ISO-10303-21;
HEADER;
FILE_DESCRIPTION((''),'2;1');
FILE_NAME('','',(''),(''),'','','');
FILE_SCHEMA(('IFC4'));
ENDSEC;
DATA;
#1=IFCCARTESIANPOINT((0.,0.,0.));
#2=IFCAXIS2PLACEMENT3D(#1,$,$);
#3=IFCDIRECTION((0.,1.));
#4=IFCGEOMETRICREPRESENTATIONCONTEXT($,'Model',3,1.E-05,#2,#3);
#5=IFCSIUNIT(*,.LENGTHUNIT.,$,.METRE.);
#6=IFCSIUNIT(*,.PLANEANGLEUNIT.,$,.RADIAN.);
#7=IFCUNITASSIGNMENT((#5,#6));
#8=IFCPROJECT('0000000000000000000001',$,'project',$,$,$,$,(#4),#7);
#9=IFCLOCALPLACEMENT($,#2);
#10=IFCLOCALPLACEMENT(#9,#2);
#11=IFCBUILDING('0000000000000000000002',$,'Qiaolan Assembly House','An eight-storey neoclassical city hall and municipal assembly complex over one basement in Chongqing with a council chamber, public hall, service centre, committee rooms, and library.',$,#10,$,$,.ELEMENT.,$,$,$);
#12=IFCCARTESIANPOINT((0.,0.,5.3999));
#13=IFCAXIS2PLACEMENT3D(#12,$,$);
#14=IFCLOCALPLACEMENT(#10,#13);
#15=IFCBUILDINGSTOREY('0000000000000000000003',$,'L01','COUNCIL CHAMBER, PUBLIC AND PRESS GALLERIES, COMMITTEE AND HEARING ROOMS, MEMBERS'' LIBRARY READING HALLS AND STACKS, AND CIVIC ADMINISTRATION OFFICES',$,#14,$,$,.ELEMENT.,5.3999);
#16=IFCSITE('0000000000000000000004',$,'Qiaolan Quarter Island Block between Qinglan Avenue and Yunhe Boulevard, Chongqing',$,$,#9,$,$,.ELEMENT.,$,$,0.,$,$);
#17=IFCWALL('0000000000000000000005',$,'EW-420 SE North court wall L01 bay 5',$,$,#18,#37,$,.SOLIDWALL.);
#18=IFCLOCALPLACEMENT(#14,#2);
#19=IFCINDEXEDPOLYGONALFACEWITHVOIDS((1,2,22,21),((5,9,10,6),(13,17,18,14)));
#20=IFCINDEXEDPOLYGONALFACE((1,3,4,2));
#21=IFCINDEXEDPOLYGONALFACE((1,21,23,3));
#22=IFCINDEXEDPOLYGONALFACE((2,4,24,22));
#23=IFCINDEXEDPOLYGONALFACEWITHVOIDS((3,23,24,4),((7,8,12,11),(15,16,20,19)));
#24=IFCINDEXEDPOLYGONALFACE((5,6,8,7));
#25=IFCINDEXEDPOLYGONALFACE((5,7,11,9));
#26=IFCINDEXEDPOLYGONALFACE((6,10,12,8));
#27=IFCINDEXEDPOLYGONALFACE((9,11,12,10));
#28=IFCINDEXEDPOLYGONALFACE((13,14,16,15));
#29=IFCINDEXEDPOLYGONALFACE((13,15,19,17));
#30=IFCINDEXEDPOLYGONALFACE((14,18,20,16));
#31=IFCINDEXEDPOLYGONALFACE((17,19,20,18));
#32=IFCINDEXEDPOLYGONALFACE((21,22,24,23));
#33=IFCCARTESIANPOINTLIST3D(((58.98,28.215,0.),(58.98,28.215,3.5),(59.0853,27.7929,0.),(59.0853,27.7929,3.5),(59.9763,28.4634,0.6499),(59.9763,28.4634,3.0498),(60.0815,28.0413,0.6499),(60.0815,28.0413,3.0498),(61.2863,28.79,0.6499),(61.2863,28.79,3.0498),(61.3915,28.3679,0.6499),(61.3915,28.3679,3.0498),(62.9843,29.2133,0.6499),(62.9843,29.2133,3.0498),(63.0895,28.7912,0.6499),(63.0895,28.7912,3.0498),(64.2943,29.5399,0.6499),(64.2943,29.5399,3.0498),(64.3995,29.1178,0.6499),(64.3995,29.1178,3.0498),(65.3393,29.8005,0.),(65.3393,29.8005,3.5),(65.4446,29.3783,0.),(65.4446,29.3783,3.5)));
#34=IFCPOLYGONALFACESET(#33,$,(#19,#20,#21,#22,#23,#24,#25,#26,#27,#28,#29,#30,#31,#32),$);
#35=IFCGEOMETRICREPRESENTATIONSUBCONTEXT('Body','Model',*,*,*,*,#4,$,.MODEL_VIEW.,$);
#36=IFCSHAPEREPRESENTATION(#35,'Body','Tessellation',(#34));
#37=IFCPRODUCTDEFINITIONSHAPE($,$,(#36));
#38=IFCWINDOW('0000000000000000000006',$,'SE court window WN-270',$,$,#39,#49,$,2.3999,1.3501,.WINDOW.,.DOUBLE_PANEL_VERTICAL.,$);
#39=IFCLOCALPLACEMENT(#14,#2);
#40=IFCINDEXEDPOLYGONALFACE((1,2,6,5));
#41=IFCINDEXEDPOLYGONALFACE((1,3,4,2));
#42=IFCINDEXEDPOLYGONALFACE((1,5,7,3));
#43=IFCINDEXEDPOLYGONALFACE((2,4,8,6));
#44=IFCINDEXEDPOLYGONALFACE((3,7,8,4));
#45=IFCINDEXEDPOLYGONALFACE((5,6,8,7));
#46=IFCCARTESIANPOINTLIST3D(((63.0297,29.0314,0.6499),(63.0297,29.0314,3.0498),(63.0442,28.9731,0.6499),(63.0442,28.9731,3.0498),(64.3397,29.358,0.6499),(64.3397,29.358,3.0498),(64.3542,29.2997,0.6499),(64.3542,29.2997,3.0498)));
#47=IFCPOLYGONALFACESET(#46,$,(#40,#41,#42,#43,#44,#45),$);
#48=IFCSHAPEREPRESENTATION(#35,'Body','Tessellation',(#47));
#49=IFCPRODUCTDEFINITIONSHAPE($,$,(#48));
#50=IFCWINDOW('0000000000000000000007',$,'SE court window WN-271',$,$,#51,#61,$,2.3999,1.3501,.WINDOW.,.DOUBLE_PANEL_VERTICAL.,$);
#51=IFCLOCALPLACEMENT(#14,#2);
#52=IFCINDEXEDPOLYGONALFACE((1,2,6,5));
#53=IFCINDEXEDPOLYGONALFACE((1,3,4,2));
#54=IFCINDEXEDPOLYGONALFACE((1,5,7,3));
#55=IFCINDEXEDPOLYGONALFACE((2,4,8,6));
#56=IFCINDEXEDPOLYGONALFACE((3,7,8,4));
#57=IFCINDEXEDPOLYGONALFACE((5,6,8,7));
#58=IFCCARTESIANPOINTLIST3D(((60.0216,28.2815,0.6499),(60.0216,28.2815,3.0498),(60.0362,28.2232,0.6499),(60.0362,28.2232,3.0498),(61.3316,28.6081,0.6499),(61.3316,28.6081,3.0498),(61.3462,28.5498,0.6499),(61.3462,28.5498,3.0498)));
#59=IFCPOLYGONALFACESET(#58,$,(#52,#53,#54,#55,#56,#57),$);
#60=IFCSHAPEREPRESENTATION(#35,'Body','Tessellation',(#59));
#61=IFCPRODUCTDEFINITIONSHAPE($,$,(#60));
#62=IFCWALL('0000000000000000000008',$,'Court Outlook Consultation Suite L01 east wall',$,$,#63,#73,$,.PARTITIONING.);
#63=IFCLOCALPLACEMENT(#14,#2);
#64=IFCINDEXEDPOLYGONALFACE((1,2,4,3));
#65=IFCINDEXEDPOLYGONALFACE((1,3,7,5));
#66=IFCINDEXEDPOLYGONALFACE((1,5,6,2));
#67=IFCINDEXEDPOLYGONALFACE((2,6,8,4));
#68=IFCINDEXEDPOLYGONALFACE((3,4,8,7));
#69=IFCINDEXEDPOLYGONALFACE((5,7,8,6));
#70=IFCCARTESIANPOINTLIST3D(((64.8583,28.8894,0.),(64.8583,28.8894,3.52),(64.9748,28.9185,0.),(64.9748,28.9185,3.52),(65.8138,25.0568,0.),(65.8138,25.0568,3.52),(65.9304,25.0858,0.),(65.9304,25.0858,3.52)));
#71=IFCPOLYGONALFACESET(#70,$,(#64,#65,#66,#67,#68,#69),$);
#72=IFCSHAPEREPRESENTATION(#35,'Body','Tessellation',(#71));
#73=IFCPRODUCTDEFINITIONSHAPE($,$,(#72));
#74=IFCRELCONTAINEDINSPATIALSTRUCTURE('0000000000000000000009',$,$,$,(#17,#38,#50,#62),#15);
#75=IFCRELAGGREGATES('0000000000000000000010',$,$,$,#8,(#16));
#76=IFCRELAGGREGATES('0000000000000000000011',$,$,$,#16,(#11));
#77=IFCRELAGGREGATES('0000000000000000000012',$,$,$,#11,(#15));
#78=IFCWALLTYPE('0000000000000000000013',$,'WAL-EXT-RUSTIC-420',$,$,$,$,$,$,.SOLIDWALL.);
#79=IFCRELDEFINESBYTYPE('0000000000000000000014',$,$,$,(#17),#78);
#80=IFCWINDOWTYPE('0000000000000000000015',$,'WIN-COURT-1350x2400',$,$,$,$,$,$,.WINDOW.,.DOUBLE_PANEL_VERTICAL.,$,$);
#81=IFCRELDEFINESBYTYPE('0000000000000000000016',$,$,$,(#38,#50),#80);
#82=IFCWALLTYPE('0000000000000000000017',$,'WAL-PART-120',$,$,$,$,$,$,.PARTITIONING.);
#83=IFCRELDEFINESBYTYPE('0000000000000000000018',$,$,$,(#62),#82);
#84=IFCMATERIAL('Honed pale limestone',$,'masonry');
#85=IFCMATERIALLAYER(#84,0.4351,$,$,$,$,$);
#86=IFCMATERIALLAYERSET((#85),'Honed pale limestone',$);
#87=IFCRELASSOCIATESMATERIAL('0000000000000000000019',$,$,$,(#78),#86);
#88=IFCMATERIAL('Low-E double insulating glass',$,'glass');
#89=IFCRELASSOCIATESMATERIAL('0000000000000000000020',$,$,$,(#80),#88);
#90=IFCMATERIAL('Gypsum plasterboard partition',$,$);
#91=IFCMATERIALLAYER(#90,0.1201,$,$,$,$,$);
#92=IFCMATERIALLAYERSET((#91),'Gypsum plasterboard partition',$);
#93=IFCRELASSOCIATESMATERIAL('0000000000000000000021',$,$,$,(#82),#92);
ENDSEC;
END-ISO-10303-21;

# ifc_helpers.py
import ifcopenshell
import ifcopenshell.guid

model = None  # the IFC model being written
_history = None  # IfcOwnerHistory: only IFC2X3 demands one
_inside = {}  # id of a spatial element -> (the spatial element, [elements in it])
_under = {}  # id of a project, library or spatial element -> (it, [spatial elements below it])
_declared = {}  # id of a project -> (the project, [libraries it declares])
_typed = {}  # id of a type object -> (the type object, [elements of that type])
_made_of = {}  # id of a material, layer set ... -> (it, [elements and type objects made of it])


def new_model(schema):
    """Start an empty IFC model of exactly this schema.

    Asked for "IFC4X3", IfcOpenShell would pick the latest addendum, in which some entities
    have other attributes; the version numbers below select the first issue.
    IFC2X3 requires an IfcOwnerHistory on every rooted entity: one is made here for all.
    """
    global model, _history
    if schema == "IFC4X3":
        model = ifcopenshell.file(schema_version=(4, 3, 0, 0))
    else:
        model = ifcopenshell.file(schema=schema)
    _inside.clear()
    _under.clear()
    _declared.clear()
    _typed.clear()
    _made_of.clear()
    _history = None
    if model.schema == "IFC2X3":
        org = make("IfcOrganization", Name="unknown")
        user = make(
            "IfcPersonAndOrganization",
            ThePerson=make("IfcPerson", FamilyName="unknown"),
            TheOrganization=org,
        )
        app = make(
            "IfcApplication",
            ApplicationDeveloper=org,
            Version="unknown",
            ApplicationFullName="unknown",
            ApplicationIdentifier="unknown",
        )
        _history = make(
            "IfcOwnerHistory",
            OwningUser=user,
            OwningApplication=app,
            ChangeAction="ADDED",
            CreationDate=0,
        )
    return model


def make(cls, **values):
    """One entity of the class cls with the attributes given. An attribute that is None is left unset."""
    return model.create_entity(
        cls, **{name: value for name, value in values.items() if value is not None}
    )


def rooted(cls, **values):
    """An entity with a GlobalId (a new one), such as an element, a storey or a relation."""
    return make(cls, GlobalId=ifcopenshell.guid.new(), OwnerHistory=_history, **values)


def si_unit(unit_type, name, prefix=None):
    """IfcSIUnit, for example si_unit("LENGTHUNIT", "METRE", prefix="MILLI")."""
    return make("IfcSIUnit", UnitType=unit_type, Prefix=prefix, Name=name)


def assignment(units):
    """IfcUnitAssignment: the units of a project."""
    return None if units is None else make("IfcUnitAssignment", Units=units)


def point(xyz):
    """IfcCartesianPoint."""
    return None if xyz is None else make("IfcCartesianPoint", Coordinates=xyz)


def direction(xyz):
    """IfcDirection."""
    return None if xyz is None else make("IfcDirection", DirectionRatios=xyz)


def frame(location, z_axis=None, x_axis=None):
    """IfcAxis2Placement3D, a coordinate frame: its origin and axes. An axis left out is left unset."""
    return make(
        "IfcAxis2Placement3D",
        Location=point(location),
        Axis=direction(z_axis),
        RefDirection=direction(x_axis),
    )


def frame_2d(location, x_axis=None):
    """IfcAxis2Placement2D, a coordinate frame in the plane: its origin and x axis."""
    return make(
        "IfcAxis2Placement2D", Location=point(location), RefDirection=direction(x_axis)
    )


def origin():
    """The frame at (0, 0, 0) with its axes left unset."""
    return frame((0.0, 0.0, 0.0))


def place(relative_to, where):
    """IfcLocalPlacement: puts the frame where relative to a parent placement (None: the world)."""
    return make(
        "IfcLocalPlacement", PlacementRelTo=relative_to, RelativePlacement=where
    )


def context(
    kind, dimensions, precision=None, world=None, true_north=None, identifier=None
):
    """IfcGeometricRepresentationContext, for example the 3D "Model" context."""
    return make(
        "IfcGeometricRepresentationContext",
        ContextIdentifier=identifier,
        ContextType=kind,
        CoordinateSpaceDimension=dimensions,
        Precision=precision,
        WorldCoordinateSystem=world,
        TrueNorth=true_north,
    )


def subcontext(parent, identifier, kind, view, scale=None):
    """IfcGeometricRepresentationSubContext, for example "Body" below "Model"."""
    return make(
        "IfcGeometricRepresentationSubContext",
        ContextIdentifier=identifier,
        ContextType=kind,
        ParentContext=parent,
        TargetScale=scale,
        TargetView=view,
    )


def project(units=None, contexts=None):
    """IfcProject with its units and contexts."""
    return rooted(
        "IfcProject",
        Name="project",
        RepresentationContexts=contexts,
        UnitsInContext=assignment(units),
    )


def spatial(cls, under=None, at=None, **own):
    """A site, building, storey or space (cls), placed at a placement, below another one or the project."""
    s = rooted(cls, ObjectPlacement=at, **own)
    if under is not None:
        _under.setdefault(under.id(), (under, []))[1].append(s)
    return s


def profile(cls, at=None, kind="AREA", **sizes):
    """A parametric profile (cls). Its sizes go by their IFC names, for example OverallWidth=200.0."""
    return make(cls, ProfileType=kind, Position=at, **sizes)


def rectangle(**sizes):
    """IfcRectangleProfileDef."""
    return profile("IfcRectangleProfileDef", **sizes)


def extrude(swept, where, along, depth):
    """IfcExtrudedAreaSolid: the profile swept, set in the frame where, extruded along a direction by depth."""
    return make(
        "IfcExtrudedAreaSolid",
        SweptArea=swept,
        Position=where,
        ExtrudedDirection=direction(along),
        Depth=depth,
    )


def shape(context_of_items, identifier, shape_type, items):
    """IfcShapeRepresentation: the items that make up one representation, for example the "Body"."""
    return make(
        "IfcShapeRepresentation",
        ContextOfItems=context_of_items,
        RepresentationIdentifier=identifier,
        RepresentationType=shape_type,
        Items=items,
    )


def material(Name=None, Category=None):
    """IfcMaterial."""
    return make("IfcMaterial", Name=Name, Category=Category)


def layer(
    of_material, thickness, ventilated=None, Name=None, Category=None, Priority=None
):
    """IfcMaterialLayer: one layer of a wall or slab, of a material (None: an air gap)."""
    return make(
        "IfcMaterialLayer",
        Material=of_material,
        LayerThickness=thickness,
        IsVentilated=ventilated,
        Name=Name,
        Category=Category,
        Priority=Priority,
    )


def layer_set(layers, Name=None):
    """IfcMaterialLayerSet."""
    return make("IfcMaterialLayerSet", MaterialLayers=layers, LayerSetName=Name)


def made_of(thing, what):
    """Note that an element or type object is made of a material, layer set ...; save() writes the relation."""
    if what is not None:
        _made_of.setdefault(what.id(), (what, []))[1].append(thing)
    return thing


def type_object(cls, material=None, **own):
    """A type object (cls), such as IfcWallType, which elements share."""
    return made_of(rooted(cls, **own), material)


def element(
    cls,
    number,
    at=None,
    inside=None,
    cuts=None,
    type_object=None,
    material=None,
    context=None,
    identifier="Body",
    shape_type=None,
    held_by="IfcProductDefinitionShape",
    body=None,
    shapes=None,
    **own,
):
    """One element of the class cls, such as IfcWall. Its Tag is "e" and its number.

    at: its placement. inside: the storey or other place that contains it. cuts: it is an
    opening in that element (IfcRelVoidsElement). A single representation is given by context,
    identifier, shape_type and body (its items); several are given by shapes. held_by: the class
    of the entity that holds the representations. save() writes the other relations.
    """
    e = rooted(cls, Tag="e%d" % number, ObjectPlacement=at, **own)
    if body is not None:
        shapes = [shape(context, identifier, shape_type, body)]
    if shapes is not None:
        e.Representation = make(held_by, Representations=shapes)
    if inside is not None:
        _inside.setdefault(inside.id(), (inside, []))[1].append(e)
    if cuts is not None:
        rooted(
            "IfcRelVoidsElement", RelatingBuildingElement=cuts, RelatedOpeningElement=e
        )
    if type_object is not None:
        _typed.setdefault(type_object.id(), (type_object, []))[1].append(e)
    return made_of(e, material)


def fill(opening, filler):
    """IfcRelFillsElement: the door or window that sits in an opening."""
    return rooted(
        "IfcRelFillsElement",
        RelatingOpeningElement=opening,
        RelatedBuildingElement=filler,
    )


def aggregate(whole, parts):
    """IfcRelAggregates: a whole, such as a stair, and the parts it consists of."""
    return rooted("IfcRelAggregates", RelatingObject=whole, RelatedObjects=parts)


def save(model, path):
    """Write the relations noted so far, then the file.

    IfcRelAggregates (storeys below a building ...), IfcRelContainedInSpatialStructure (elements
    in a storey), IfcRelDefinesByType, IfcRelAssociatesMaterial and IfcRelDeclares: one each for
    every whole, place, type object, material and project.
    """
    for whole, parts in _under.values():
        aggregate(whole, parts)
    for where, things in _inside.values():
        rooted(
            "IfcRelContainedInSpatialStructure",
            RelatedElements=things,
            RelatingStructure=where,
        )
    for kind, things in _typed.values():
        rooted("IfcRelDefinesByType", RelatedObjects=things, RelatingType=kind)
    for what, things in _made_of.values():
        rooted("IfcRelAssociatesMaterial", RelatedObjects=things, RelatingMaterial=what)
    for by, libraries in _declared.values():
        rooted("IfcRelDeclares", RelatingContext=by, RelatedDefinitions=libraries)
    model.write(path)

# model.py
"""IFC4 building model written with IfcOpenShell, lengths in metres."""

from ifc_helpers import new_model, si_unit, direction, frame, frame_2d, origin, place, context, subcontext, project, spatial, rectangle, extrude, material, layer, layer_set, type_object, element, fill, save


model = new_model("IFC4")

# Units and contexts
model_context = context("Model", 3, precision=1e-05, world=origin(), true_north=direction((0.0, 1.0)))
body_context = subcontext(model_context, "Body", "Model", "MODEL_VIEW")
ifc_project = project(units=[si_unit("LENGTHUNIT", "METRE"), si_unit("PLANEANGLEUNIT", "RADIAN")], contexts=[model_context])

# Site, building, storey
site_placement = place(None, origin())
site = spatial("IfcSite", under=ifc_project, at=site_placement, Name="Qiaolan Quarter Island Block between Qinglan Avenue and Yunhe Boulevard, Chongqing", CompositionType="ELEMENT", RefElevation=0.0)
building_placement = place(site_placement, origin())
building = spatial("IfcBuilding", under=site, at=building_placement, Name="Qiaolan Assembly House", Description="An eight-storey neoclassical city hall and municipal assembly complex over one basement in Chongqing with a council chamber, public hall, service centre, committee rooms, and library.", CompositionType="ELEMENT")
storey_placement = place(building_placement, frame((0.0, 0.0, 5.3999)))
storey = spatial("IfcBuildingStorey", under=building, at=storey_placement, Name="L01", Description="COUNCIL CHAMBER, PUBLIC AND PRESS GALLERIES, COMMITTEE AND HEARING ROOMS, MEMBERS' LIBRARY READING HALLS AND STACKS, AND CIVIC ADMINISTRATION OFFICES", CompositionType="ELEMENT", Elevation=5.3999)

# Shared definitions
ifc_material_1 = material(Name="Low-E double insulating glass", Category="glass")

# Wall, openings, windows
ifc_material_2 = material(Name="Honed pale limestone", Category="masonry")
ifc_layer_1 = layer(ifc_material_2, 0.4351)
ifc_layer_set_1 = layer_set([ifc_layer_1], Name="Honed pale limestone")
wall_type_1 = type_object("IfcWallType", Name="WAL-EXT-RUSTIC-420", PredefinedType="SOLIDWALL", material=ifc_layer_set_1)
wall_1_placement = place(storey_placement, frame((65.3918, 29.5894, 0.0), z_axis=(0.0, 0.0, 1.0), x_axis=(-0.9703, -0.241905, 0.0)))
wall_1 = element("IfcWall", 1, at=wall_1_placement, inside=storey, type_object=wall_type_1, Name="EW-420 SE North court wall L01 bay 5", PredefinedType="SOLIDWALL", context=body_context, shape_type="SweptSolid", body=[
    extrude(rectangle(XDim=6.554, YDim=0.4351, at=frame_2d((3.2769, 0.0))), origin(), (0.0, 0.0, 1.0), 3.5),
])
opening_1_placement = place(wall_1_placement, frame((1.0769, 0.0, 0.6499)))
opening_1 = element("IfcOpeningElement", 2, at=opening_1_placement, cuts=wall_1, PredefinedType="OPENING", context=body_context, shape_type="SweptSolid", body=[
    extrude(rectangle(XDim=1.3501, YDim=2.3999, at=frame_2d((0.675, 1.2))), frame((0.0, 0.2275, 0.0), z_axis=(0.0, -1.0, 0.0), x_axis=(1.0, 0.0, 0.0)), (0.0, 0.0, 1.0), 0.4551),
])
opening_2_placement = place(wall_1_placement, frame((4.177, 0.0, 0.6499)))
opening_2 = element("IfcOpeningElement", 3, at=opening_2_placement, cuts=wall_1, PredefinedType="OPENING", context=body_context, shape_type="SweptSolid", body=[
    extrude(rectangle(XDim=1.3501, YDim=2.3999, at=frame_2d((0.675, 1.2))), frame((0.0, 0.2275, 0.0), z_axis=(0.0, -1.0, 0.0), x_axis=(1.0, 0.0, 0.0)), (0.0, 0.0, 1.0), 0.4551),
])
window_type = type_object("IfcWindowType", Name="WIN-COURT-1350x2400", PartitioningType="DOUBLE_PANEL_VERTICAL", PredefinedType="WINDOW", material=ifc_material_1)
window_1_placement = place(opening_1_placement, origin())
window_1 = element("IfcWindow", 4, at=window_1_placement, inside=storey, type_object=window_type, Name="SE court window WN-270", OverallHeight=2.3999, OverallWidth=1.3501, PartitioningType="DOUBLE_PANEL_VERTICAL", PredefinedType="WINDOW", context=body_context, shape_type="SweptSolid", body=[
    extrude(rectangle(XDim=1.3501, YDim=2.3999, at=frame_2d((0.675, 1.2))), frame((0.0, 0.03, 0.0), z_axis=(0.0, -1.0, 0.0), x_axis=(1.0, 0.0, 0.0)), (0.0, 0.0, 1.0), 0.0601),
])
fill(opening_1, window_1)
window_2_placement = place(opening_2_placement, origin())
window_2 = element("IfcWindow", 5, at=window_2_placement, inside=storey, type_object=window_type, Name="SE court window WN-271", OverallHeight=2.3999, OverallWidth=1.3501, PartitioningType="DOUBLE_PANEL_VERTICAL", PredefinedType="WINDOW", context=body_context, shape_type="SweptSolid", body=[
    extrude(rectangle(XDim=1.3501, YDim=2.3999, at=frame_2d((0.675, 1.2))), frame((0.0, 0.03, 0.0), z_axis=(0.0, -1.0, 0.0), x_axis=(1.0, 0.0, 0.0)), (0.0, 0.0, 1.0), 0.0601),
])
fill(opening_2, window_2)

# Wall
ifc_material_3 = material(Name="Gypsum plasterboard partition")
ifc_layer_2 = layer(ifc_material_3, 0.1201)
ifc_layer_set_2 = layer_set([ifc_layer_2], Name="Gypsum plasterboard partition")
wall_type_2 = type_object("IfcWallType", Name="WAL-PART-120", PredefinedType="PARTITIONING", material=ifc_layer_set_2)
wall_2_placement = place(storey_placement, frame((64.9165, 28.9041, 0.0), z_axis=(0.0, 0.0, 1.0), x_axis=(0.241925, -0.970295, 0.0)))
element("IfcWall", 6, at=wall_2_placement, inside=storey, type_object=wall_type_2, Name="Court Outlook Consultation Suite L01 east wall", PredefinedType="PARTITIONING", context=body_context, shape_type="SweptSolid", body=[
    extrude(rectangle(XDim=3.95, YDim=0.1201, at=frame_2d((1.9751, 0.0))), origin(), (0.0, 0.0, 1.0), 3.52),
])

save(model, "model.ifc")
